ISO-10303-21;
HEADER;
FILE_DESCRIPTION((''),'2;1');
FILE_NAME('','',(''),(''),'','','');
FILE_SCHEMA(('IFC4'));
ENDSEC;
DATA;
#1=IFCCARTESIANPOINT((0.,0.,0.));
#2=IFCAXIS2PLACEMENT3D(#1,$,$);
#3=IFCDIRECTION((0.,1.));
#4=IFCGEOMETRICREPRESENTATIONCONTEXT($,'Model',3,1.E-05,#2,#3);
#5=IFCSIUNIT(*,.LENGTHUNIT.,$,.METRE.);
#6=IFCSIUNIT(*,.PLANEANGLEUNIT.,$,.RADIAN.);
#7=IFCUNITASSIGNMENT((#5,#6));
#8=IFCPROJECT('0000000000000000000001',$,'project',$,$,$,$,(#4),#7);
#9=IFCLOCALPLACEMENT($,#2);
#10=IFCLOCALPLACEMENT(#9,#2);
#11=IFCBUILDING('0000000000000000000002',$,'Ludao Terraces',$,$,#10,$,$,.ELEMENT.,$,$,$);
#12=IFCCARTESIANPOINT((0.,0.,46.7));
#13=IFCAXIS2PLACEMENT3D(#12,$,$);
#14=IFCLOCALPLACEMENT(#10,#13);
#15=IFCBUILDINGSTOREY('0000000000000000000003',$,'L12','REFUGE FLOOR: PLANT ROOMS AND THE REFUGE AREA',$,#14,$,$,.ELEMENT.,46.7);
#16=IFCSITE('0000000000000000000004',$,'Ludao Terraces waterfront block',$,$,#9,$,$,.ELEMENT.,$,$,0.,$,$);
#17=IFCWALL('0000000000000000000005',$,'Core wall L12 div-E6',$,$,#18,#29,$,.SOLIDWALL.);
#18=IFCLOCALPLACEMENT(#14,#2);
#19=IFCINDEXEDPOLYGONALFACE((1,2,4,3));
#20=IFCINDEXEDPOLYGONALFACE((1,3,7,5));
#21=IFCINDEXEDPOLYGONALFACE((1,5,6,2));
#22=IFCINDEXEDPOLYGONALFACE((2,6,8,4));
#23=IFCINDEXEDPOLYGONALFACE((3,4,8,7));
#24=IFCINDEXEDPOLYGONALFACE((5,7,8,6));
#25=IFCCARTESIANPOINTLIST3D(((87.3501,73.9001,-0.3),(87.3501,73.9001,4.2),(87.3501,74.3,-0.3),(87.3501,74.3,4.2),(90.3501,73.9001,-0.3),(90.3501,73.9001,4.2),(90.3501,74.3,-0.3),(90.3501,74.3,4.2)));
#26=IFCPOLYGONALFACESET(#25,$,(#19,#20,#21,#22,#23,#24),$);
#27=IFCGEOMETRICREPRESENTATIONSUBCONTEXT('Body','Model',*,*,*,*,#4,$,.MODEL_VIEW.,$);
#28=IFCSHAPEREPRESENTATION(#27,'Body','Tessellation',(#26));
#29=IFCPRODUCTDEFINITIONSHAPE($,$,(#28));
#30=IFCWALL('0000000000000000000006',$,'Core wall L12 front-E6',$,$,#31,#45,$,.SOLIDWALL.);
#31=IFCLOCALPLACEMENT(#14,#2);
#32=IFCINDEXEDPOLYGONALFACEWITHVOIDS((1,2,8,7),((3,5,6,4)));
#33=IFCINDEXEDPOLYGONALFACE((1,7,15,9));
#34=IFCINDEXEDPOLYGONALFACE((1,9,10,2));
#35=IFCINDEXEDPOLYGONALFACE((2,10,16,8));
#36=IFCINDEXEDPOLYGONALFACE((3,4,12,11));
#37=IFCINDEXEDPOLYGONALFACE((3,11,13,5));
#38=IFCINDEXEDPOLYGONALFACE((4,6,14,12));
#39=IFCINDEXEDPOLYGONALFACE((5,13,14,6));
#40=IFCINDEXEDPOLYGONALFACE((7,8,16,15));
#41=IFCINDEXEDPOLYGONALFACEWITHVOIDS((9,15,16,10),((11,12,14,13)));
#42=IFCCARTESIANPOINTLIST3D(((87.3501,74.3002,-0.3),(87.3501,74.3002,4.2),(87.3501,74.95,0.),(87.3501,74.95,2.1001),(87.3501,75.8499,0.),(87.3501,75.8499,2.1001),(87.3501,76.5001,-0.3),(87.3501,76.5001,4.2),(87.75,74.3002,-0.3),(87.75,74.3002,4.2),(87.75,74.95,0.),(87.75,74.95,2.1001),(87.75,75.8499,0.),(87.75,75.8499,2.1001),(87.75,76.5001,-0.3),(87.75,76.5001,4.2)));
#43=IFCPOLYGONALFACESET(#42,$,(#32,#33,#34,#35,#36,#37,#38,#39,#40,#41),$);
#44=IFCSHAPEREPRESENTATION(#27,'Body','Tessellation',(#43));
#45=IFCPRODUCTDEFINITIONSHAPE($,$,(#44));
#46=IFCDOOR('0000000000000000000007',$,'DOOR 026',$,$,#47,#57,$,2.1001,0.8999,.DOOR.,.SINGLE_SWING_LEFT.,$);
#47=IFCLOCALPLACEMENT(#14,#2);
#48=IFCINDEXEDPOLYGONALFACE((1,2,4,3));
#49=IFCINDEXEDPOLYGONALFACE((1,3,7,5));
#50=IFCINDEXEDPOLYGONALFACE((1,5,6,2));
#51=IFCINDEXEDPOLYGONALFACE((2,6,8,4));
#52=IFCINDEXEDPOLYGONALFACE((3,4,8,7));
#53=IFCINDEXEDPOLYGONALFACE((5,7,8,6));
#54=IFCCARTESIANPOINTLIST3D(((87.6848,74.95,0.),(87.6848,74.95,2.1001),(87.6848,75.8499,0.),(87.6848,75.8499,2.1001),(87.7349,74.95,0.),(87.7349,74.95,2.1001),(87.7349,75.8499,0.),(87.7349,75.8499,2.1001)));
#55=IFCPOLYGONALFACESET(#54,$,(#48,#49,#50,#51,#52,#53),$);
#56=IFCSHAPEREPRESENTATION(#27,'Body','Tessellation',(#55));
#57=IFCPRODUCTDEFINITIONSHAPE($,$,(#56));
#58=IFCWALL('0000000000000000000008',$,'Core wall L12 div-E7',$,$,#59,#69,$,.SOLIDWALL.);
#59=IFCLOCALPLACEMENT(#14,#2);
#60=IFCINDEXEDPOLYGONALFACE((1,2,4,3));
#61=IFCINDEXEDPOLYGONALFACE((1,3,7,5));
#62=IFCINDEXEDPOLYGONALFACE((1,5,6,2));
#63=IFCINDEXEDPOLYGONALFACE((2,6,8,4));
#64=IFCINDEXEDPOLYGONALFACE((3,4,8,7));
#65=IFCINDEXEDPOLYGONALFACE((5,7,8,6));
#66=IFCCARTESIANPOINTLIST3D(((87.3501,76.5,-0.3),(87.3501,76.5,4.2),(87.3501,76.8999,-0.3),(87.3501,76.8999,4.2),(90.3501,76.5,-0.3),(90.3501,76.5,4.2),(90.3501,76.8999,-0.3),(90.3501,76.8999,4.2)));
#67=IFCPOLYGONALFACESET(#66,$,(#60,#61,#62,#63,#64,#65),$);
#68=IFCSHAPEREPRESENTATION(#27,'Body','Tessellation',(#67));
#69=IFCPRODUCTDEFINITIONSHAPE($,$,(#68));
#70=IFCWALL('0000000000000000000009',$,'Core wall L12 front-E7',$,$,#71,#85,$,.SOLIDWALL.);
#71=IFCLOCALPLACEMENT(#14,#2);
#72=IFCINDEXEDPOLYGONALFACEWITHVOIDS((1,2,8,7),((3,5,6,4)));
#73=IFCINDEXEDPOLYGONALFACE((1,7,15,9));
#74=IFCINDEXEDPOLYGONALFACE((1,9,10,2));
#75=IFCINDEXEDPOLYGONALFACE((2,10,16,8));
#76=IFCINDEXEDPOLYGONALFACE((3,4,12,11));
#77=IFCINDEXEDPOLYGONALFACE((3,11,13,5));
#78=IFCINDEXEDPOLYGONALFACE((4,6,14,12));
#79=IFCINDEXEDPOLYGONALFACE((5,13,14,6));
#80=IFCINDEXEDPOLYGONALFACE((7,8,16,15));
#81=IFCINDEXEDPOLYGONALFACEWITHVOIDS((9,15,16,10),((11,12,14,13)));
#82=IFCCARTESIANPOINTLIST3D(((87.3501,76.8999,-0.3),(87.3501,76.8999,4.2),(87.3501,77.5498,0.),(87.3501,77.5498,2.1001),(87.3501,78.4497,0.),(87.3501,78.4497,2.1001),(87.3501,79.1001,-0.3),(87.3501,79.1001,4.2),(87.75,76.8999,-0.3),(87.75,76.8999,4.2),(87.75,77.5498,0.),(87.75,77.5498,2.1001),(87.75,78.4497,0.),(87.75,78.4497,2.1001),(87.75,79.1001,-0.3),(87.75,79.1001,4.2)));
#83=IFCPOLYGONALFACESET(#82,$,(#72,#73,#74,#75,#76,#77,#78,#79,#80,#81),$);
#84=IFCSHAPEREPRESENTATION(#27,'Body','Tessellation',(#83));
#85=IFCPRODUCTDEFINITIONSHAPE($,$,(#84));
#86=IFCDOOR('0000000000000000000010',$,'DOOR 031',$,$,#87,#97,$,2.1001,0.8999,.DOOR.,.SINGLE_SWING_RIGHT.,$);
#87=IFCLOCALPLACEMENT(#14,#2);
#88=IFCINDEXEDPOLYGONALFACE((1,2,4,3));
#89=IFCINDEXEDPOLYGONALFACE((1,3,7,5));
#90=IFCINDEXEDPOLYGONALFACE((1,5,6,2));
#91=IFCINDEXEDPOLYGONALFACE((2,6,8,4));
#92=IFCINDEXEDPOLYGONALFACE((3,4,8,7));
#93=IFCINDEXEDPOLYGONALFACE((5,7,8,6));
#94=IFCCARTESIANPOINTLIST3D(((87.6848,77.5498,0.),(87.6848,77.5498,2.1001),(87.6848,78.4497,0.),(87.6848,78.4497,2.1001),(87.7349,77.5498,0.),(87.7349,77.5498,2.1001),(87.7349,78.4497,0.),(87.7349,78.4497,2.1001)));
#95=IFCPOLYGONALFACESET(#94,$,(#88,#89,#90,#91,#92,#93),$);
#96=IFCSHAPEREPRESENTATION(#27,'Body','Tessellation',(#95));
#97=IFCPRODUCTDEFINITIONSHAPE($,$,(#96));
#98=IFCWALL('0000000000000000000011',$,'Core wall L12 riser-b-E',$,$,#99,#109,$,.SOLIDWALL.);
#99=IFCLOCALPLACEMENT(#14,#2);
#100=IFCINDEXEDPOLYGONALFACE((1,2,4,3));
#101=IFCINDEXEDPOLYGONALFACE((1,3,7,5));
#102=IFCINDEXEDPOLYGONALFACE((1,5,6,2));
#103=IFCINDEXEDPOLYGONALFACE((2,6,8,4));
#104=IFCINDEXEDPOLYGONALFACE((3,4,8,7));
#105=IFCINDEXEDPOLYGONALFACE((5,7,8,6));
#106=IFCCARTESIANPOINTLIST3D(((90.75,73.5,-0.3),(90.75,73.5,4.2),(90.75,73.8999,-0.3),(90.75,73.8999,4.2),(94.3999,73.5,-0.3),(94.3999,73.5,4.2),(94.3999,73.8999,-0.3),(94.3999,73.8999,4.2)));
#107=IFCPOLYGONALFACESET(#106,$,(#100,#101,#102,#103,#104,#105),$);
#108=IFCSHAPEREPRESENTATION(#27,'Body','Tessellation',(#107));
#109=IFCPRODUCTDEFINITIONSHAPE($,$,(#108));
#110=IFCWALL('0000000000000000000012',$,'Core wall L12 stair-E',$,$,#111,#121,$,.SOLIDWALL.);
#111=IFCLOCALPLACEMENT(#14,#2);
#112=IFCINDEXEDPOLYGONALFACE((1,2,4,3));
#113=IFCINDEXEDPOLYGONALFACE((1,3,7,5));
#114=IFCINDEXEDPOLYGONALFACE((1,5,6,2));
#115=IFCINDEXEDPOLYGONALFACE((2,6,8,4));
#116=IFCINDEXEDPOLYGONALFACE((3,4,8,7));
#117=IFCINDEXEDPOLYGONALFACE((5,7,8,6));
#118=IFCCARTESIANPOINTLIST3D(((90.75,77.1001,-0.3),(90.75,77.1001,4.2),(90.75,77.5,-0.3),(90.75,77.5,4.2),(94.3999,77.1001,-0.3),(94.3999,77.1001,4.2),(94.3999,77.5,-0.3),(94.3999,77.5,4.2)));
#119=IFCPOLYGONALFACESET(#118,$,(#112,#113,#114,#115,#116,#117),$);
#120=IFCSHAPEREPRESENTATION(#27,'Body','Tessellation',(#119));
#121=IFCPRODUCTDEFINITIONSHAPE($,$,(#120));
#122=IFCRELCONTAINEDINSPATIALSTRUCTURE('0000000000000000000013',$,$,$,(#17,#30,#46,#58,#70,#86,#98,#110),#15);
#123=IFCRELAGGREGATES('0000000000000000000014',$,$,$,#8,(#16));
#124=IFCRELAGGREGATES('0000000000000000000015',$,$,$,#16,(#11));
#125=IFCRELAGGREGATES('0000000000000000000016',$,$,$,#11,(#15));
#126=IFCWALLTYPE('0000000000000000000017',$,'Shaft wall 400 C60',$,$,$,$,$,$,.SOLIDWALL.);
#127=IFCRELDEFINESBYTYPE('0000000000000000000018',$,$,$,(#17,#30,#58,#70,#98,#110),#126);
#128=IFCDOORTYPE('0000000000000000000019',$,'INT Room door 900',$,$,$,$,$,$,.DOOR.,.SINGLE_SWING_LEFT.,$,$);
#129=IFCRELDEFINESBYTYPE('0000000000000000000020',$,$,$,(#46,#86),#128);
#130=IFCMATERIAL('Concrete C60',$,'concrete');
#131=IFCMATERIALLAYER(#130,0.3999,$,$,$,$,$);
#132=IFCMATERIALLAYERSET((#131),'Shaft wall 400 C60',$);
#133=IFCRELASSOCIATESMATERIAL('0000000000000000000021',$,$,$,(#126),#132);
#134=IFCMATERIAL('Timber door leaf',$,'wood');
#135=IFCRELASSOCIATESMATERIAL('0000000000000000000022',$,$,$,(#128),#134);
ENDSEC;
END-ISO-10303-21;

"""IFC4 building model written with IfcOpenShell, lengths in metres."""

from ifc_helpers import new_model, si_unit, direction, frame, frame_2d, origin, place, context, subcontext, project, spatial, rectangle, extrude, material, layer, layer_set, type_object, element, fill, save


model = new_model("IFC4")

# Units and contexts
model_context = context("Model", 3, precision=1e-05, world=origin(), true_north=direction((0.0, 1.0)))
body_context = subcontext(model_context, "Body", "Model", "MODEL_VIEW")
ifc_project = project(units=[si_unit("LENGTHUNIT", "METRE"), si_unit("PLANEANGLEUNIT", "RADIAN")], contexts=[model_context])

# Site, building, storey
site_placement = place(None, origin())
site = spatial("IfcSite", under=ifc_project, at=site_placement, Name="Ludao Terraces waterfront block", CompositionType="ELEMENT", RefElevation=0.0)
building_placement = place(site_placement, origin())
building = spatial("IfcBuilding", under=site, at=building_placement, Name="Ludao Terraces", CompositionType="ELEMENT")
storey_placement = place(building_placement, frame((0.0, 0.0, 46.7)))
storey = spatial("IfcBuildingStorey", under=building, at=storey_placement, Name="L12", Description="REFUGE FLOOR: PLANT ROOMS AND THE REFUGE AREA", CompositionType="ELEMENT", Elevation=46.7)

# Shared definitions
ifc_material_1 = material(Name="Concrete C60", Category="concrete")
ifc_layer_1 = layer(ifc_material_1, 0.3999)
ifc_layer_set_1 = layer_set([ifc_layer_1], Name="Shaft wall 400 C60")
wall_type_1 = type_object("IfcWallType", Name="Shaft wall 400 C60", PredefinedType="SOLIDWALL", material=ifc_layer_set_1)

# Shared definitions
ifc_material_2 = material(Name="Timber door leaf", Category="wood")
door_type_1 = type_object("IfcDoorType", Name="INT Room door 900", OperationType="SINGLE_SWING_LEFT", PredefinedType="DOOR", material=ifc_material_2)

# Wall
wall_1_placement = place(storey_placement, frame((87.3501, 74.1001, -0.3), z_axis=(0.0, 0.0, 1.0), x_axis=(1.0, 0.0, 0.0)))
element("IfcWall", 1, at=wall_1_placement, inside=storey, type_object=wall_type_1, Name="Core wall L12 div-E6", PredefinedType="SOLIDWALL", context=body_context, shape_type="SweptSolid", body=[
    extrude(rectangle(XDim=3.0, YDim=0.3999, at=frame_2d((1.5, 0.0))), origin(), (0.0, 0.0, 1.0), 4.5),
])

# Wall, opening, door
wall_2_placement = place(storey_placement, frame((87.55, 74.3, -0.3), z_axis=(0.0, 0.0, 1.0), x_axis=(0.0, 1.0, 0.0)))
wall_2 = element("IfcWall", 2, at=wall_2_placement, inside=storey, type_object=wall_type_1, Name="Core wall L12 front-E6", PredefinedType="SOLIDWALL", context=body_context, shape_type="SweptSolid", body=[
    extrude(rectangle(XDim=2.2, YDim=0.3999, at=frame_2d((1.1001, 0.0))), origin(), (0.0, 0.0, 1.0), 4.5),
])
opening_1_placement = place(wall_2_placement, frame((0.6499, 0.0, 0.3)))
opening_1 = element("IfcOpeningElement", 3, at=opening_1_placement, cuts=wall_2, PredefinedType="OPENING", context=body_context, shape_type="SweptSolid", body=[
    extrude(rectangle(XDim=0.8999, YDim=2.1001, at=frame_2d((0.45, 1.05))), frame((0.0, 0.21, 0.0), z_axis=(0.0, -1.0, 0.0), x_axis=(1.0, 0.0, 0.0)), (0.0, 0.0, 1.0), 0.4199),
])
door_1_placement = place(opening_1_placement, origin())
door_1 = element("IfcDoor", 4, at=door_1_placement, inside=storey, type_object=door_type_1, Name="DOOR 026", OperationType="SINGLE_SWING_LEFT", OverallHeight=2.1001, OverallWidth=0.8999, PredefinedType="DOOR", context=body_context, shape_type="SweptSolid", body=[
    extrude(rectangle(XDim=0.8999, YDim=2.1001, at=frame_2d((0.45, 1.05))), frame((0.0, -0.1348, 0.0), z_axis=(0.0, -1.0, 0.0), x_axis=(1.0, 0.0, 0.0)), (0.0, 0.0, 1.0), 0.05),
])
fill(opening_1, door_1)

# Wall
wall_3_placement = place(storey_placement, frame((87.3501, 76.7, -0.3), z_axis=(0.0, 0.0, 1.0), x_axis=(1.0, 0.0, 0.0)))
element("IfcWall", 5, at=wall_3_placement, inside=storey, type_object=wall_type_1, Name="Core wall L12 div-E7", PredefinedType="SOLIDWALL", context=body_context, shape_type="SweptSolid", body=[
    extrude(rectangle(XDim=3.0, YDim=0.3999, at=frame_2d((1.5, 0.0))), origin(), (0.0, 0.0, 1.0), 4.5),
])

# Wall, opening, door
wall_4_placement = place(storey_placement, frame((87.55, 76.8999, -0.3), z_axis=(0.0, 0.0, 1.0), x_axis=(0.0, 1.0, 0.0)))
wall_4 = element("IfcWall", 6, at=wall_4_placement, inside=storey, type_object=wall_type_1, Name="Core wall L12 front-E7", PredefinedType="SOLIDWALL", context=body_context, shape_type="SweptSolid", body=[
    extrude(rectangle(XDim=2.2002, YDim=0.3999, at=frame_2d((1.1001, 0.0))), origin(), (0.0, 0.0, 1.0), 4.5),
])
opening_2_placement = place(wall_4_placement, frame((0.6499, 0.0, 0.3)))
opening_2 = element("IfcOpeningElement", 7, at=opening_2_placement, cuts=wall_4, PredefinedType="OPENING", context=body_context, shape_type="SweptSolid", body=[
    extrude(rectangle(XDim=0.8999, YDim=2.1001, at=frame_2d((0.45, 1.05))), frame((0.0, 0.21, 0.0), z_axis=(0.0, -1.0, 0.0), x_axis=(1.0, 0.0, 0.0)), (0.0, 0.0, 1.0), 0.4199),
])
door_2_placement = place(opening_2_placement, origin())
door_2 = element("IfcDoor", 8, at=door_2_placement, inside=storey, type_object=door_type_1, Name="DOOR 031", OperationType="SINGLE_SWING_RIGHT", OverallHeight=2.1001, OverallWidth=0.8999, PredefinedType="DOOR", context=body_context, shape_type="SweptSolid", body=[
    extrude(rectangle(XDim=0.8999, YDim=2.1001, at=frame_2d((0.45, 1.05))), frame((0.0, -0.1348, 0.0), z_axis=(0.0, -1.0, 0.0), x_axis=(1.0, 0.0, 0.0)), (0.0, 0.0, 1.0), 0.05),
])
fill(opening_2, door_2)

# Walls
for number, where, z_axis, x_axis, name in (
    (9, (90.75, 73.7, -0.3), (0.0, 0.0, 1.0), (1.0, 0.0, 0.0), "Core wall L12 riser-b-E"),
    (10, (90.75, 77.3, -0.3), (0.0, 0.0, 1.0), (1.0, 0.0, 0.0), "Core wall L12 stair-E"),
):
    element("IfcWall", number, at=place(storey_placement, frame(where, z_axis=z_axis, x_axis=x_axis)), inside=storey, type_object=wall_type_1, Name=name, PredefinedType="SOLIDWALL", context=body_context, shape_type="SweptSolid", body=[
        extrude(rectangle(XDim=3.6499, YDim=0.3999, at=frame_2d((1.825, 0.0))), origin(), (0.0, 0.0, 1.0), 4.5),
    ])

save(model, "model.ifc")
